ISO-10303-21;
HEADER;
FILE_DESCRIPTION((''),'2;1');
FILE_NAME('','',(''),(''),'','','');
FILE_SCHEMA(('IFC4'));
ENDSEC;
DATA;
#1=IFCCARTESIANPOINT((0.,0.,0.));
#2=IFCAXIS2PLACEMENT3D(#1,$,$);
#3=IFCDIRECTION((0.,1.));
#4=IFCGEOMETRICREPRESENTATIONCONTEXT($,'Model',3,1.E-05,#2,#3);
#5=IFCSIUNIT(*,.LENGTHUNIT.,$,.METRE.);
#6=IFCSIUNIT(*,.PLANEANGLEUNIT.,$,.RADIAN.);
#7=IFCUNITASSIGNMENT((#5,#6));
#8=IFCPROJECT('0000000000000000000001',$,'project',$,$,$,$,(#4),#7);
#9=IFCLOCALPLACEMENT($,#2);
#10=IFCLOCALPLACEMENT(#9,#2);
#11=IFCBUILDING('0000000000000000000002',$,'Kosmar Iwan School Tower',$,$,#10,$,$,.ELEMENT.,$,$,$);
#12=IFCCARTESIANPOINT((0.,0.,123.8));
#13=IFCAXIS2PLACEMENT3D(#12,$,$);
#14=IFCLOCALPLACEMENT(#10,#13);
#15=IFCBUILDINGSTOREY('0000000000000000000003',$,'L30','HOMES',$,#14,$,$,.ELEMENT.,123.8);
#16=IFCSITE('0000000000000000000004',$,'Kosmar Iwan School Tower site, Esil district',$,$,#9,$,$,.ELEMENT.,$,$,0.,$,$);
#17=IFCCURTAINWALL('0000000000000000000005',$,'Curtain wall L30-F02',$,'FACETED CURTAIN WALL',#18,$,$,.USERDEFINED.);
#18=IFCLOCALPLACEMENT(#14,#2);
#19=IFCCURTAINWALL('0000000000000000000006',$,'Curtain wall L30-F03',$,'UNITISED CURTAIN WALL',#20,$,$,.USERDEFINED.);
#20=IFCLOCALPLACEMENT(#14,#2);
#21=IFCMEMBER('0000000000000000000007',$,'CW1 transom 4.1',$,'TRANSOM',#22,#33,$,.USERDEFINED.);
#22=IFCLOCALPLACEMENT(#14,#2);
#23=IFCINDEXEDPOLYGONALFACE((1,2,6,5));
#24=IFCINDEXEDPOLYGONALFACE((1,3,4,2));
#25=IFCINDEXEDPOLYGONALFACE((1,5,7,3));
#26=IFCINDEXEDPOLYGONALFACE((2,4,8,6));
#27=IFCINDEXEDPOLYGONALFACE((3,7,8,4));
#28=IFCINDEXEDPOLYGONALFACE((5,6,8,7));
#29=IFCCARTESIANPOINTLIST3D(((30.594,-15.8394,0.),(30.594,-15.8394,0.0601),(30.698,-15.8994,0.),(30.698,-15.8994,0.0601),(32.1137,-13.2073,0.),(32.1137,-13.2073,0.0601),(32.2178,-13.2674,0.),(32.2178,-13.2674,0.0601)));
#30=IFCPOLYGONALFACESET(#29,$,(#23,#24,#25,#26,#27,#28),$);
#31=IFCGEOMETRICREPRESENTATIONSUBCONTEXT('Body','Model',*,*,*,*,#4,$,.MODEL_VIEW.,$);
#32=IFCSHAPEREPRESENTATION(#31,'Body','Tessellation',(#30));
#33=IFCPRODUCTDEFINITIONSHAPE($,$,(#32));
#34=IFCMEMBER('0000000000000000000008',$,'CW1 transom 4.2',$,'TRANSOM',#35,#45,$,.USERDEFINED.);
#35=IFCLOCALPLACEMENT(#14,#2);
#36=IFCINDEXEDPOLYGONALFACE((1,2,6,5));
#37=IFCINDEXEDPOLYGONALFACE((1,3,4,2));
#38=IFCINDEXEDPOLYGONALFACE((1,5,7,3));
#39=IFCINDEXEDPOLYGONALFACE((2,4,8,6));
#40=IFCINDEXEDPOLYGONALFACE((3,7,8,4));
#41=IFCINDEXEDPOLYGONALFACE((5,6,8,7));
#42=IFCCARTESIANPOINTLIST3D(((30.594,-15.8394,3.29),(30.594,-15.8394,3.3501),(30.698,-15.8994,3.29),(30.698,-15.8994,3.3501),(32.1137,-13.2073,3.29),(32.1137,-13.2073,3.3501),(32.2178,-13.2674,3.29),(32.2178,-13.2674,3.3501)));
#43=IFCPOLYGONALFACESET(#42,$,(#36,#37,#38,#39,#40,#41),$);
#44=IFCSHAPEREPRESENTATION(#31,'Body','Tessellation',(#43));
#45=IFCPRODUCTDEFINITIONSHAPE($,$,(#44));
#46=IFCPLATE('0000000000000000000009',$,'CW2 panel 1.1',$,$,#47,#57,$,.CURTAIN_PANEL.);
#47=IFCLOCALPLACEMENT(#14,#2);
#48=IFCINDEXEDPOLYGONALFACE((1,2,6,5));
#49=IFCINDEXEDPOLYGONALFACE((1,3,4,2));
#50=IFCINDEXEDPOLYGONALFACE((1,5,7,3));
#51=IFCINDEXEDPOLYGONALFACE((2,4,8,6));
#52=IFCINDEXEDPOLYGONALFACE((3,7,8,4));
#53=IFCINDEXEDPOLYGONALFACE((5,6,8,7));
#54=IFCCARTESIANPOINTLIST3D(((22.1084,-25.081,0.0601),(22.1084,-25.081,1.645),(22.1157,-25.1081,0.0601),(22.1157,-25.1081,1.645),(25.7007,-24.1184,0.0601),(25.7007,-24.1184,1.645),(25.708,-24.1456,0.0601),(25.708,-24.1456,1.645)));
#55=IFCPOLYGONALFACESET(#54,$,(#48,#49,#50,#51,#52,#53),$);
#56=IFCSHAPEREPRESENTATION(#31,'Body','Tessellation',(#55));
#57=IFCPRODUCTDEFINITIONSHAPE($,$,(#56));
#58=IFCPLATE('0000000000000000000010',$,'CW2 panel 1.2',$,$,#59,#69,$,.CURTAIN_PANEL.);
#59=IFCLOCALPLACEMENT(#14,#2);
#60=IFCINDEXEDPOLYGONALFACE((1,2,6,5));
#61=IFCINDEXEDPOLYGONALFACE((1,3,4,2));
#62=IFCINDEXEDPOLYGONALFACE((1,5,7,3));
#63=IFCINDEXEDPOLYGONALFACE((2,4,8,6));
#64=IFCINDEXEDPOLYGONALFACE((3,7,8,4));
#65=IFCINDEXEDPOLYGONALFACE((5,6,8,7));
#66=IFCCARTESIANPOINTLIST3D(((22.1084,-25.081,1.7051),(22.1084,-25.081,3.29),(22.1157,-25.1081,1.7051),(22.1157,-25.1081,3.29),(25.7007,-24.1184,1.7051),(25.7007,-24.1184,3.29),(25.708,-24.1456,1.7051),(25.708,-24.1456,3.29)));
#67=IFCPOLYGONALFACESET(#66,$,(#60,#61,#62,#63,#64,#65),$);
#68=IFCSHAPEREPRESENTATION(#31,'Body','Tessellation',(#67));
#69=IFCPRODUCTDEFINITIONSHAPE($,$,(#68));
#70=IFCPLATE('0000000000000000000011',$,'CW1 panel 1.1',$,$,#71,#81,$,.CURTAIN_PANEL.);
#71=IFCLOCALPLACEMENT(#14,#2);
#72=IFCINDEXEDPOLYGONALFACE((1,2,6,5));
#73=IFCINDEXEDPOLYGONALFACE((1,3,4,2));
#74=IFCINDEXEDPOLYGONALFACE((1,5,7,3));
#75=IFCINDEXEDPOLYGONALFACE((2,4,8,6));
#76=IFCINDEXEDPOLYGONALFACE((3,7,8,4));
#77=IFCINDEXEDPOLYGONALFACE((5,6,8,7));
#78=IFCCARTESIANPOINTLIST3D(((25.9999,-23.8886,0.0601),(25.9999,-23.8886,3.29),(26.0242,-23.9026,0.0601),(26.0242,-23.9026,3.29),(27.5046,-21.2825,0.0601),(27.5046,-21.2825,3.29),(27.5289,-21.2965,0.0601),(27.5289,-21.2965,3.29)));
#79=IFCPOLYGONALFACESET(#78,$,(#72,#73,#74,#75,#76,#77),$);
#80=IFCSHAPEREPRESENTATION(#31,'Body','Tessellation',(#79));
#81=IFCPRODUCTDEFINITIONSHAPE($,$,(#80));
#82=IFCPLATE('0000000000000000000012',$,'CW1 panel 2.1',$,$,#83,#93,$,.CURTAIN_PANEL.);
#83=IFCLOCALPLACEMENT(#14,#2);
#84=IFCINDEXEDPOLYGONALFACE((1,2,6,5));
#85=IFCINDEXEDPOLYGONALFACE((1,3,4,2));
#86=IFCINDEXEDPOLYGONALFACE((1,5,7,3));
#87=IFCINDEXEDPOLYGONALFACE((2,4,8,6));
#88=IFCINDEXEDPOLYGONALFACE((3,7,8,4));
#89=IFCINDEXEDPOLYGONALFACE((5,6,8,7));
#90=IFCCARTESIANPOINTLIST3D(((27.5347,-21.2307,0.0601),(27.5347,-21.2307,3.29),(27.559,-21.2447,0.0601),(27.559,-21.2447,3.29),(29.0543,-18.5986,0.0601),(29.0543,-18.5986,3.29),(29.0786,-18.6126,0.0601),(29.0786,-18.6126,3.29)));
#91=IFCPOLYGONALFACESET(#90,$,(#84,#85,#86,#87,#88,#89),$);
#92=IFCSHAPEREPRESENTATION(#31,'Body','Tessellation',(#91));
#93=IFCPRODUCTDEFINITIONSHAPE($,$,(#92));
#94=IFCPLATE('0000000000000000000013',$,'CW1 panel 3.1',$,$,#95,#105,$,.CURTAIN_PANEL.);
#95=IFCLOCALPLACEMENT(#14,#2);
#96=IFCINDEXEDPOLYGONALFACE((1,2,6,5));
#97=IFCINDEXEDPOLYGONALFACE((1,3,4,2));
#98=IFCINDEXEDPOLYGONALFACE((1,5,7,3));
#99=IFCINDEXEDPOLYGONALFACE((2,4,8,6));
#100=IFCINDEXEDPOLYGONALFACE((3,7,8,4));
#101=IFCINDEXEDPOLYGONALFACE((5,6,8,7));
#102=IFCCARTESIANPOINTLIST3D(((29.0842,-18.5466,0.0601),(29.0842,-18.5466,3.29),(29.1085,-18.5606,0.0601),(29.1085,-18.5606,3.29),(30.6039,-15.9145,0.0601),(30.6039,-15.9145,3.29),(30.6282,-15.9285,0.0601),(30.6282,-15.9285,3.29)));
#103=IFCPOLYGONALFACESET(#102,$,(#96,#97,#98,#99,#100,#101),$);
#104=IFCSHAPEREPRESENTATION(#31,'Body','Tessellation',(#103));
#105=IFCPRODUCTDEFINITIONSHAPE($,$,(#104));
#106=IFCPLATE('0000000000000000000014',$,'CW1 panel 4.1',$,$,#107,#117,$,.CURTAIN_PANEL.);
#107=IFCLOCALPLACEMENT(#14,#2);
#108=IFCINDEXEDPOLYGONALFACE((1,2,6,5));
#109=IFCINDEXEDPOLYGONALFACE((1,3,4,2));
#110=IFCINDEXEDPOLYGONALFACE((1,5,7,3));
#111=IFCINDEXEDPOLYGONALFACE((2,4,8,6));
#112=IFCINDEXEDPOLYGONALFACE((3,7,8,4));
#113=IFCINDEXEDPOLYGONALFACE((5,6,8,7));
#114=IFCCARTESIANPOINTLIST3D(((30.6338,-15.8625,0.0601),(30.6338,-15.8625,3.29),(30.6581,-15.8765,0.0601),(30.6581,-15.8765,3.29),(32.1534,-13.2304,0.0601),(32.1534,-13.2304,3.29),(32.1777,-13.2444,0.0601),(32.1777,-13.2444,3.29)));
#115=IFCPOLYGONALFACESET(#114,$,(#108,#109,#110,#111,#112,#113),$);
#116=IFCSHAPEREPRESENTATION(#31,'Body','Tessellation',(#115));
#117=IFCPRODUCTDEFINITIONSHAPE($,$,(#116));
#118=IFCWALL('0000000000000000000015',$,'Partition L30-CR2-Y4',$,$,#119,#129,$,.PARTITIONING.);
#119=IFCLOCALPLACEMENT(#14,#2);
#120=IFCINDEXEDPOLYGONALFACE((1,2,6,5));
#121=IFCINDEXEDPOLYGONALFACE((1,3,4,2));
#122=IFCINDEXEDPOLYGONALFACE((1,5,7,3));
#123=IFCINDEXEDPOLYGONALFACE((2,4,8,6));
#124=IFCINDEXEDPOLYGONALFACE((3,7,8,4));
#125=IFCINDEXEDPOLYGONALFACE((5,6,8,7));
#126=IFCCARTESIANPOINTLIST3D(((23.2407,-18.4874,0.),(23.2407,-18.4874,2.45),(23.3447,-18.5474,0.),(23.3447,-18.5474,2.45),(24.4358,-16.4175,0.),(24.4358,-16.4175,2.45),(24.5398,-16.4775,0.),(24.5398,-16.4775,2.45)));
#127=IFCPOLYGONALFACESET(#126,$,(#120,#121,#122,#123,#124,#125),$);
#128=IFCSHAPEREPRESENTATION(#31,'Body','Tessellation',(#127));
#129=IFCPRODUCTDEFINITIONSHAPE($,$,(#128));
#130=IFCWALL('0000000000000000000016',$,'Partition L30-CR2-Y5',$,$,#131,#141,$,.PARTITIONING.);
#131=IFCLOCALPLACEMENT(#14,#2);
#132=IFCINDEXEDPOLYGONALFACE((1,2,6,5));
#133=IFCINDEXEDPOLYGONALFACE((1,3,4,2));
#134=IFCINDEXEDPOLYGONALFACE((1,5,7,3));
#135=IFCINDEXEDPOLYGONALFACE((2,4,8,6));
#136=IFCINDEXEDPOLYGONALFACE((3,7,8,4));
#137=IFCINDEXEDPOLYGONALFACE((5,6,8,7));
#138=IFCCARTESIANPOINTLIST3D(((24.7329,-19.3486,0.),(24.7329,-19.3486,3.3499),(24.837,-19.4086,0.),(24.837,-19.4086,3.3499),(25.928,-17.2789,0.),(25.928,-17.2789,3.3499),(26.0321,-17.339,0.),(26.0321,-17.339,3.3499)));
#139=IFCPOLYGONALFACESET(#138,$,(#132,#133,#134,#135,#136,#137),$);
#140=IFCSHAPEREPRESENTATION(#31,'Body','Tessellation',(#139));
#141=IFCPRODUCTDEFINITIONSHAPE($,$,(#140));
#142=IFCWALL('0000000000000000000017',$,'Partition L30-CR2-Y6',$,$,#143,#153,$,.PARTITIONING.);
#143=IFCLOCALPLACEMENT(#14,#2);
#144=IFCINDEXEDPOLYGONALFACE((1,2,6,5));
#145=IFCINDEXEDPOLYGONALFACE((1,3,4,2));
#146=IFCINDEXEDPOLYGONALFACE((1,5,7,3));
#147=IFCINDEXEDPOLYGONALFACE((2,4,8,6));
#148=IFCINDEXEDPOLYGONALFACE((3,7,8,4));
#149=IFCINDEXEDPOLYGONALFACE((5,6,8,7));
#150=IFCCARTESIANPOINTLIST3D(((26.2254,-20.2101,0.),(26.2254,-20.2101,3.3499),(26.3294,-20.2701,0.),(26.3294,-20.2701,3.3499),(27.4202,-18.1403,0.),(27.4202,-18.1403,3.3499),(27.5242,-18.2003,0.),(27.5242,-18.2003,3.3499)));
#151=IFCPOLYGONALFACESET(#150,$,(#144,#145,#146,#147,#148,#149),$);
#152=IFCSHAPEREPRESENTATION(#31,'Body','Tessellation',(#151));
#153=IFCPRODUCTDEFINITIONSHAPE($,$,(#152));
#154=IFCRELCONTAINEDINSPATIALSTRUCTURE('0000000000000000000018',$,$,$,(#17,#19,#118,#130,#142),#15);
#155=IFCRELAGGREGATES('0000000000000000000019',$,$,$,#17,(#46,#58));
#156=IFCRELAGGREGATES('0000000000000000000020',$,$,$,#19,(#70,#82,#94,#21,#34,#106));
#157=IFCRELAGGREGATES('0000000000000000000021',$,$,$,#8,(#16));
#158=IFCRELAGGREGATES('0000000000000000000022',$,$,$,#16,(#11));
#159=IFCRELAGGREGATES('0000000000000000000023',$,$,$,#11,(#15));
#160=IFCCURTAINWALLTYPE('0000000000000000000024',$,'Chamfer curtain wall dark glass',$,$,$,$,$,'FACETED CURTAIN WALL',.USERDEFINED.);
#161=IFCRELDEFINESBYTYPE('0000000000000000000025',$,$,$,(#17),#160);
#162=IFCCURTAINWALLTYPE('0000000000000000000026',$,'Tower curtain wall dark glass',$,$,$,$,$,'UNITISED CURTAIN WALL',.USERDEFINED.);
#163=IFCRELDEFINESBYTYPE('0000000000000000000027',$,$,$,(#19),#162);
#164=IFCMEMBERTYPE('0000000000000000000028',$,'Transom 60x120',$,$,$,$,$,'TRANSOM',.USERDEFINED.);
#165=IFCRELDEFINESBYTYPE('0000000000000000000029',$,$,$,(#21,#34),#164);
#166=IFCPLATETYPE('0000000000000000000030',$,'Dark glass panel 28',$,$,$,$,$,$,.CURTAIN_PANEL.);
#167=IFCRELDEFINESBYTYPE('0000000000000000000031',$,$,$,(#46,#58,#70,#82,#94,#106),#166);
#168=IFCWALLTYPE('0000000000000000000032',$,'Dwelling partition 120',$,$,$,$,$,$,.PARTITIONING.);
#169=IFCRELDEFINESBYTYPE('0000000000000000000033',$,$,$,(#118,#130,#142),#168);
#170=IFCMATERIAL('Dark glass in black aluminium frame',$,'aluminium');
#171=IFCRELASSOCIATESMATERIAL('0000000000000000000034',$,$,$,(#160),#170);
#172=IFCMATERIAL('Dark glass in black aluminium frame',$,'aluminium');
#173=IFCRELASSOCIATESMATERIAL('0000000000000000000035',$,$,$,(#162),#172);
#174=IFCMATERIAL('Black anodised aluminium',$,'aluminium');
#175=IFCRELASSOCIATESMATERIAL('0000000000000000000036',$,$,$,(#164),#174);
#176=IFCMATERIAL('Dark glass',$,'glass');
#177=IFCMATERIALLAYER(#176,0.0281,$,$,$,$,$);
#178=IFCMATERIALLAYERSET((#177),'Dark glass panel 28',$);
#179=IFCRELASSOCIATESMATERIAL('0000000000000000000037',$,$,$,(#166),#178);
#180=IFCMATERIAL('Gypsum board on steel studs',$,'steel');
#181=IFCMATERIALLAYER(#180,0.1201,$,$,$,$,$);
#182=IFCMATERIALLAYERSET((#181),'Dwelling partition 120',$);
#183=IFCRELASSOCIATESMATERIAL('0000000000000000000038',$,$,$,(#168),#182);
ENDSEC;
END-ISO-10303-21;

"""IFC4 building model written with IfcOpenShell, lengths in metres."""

from ifc_helpers import new_model, si_unit, direction, frame, frame_2d, origin, origin_2d, place, context, subcontext, project, spatial, rectangle, extrude, material, layer, layer_set, material_profile, profile_set, type_object, element, aggregate, save


model = new_model("IFC4")

# Units and contexts
model_context = context("Model", 3, precision=1e-05, world=origin(), true_north=direction((0.0, 1.0)))
body_context = subcontext(model_context, "Body", "Model", "MODEL_VIEW")
ifc_project = project(units=[si_unit("LENGTHUNIT", "METRE"), si_unit("PLANEANGLEUNIT", "RADIAN")], contexts=[model_context])

# Site, building, storey
site_placement = place(None, origin())
site = spatial("IfcSite", under=ifc_project, at=site_placement, Name="Kosmar Iwan School Tower site, Esil district", CompositionType="ELEMENT", RefElevation=0.0)
building_placement = place(site_placement, origin())
building = spatial("IfcBuilding", under=site, at=building_placement, Name="Kosmar Iwan School Tower", CompositionType="ELEMENT")
storey_placement = place(building_placement, frame((0.0, 0.0, 123.8)))
storey = spatial("IfcBuildingStorey", under=building, at=storey_placement, Name="L30", Description="HOMES", CompositionType="ELEMENT", Elevation=123.8)

# Curtain wall
ifc_material_1 = material(Name="Dark glass in black aluminium frame", Category="aluminium")
curtain_wall_type_1 = type_object("IfcCurtainWallType", Name="Chamfer curtain wall dark glass", ElementType="FACETED CURTAIN WALL", PredefinedType="USERDEFINED", material=ifc_material_1)
curtain_wall_1_placement = place(storey_placement, origin())
curtain_wall_1 = element("IfcCurtainWall", 1, at=curtain_wall_1_placement, inside=storey, type_object=curtain_wall_type_1, Name="Curtain wall L30-F02", ObjectType="FACETED CURTAIN WALL", PredefinedType="USERDEFINED")

# Curtain wall
ifc_material_2 = material(Name="Dark glass in black aluminium frame", Category="aluminium")
curtain_wall_type_2 = type_object("IfcCurtainWallType", Name="Tower curtain wall dark glass", ElementType="UNITISED CURTAIN WALL", PredefinedType="USERDEFINED", material=ifc_material_2)
curtain_wall_2_placement = place(storey_placement, origin())
curtain_wall_2 = element("IfcCurtainWall", 2, at=curtain_wall_2_placement, inside=storey, type_object=curtain_wall_type_2, Name="Curtain wall L30-F03", ObjectType="UNITISED CURTAIN WALL", PredefinedType="USERDEFINED")

# Members
ifc_material_3 = material(Name="Black anodised aluminium", Category="aluminium")
ifc_material_profile_1 = material_profile(ifc_material_3, rectangle(XDim=0.1201, YDim=0.0601, at=origin_2d()), Name="TRANSOM 60x120")
ifc_profile_set_1 = profile_set([ifc_material_profile_1], Name="Black anodised aluminium")
member_type_1 = type_object("IfcMemberType", Name="Transom 60x120", ElementType="TRANSOM", PredefinedType="USERDEFINED", material=ifc_profile_set_1)
member_1_placement = place(storey_placement, frame((30.646, -15.8694, 0.03), z_axis=(0.500035, 0.866005, 0.0), x_axis=(-0.866005, 0.500035, 0.0)))
member_1 = element("IfcMember", 3, at=member_1_placement, type_object=member_type_1, Name="CW1 transom 4.1", ObjectType="TRANSOM", PredefinedType="USERDEFINED", context=body_context, shape_type="SweptSolid", body=[
    extrude(rectangle(XDim=0.1201, YDim=0.0601, at=origin_2d()), origin(), (0.0, 0.0, 1.0), 3.0393),
])
member_2_placement = place(storey_placement, frame((30.646, -15.8694, 3.3201), z_axis=(0.500035, 0.866005, 0.0), x_axis=(-0.866005, 0.500035, 0.0)))
member_2 = element("IfcMember", 4, at=member_2_placement, type_object=member_type_1, Name="CW1 transom 4.2", ObjectType="TRANSOM", PredefinedType="USERDEFINED", context=body_context, shape_type="SweptSolid", body=[
    extrude(rectangle(XDim=0.1201, YDim=0.0601, at=origin_2d()), origin(), (0.0, 0.0, 1.0), 3.0393),
])

# Plates
ifc_material_4 = material(Name="Dark glass", Category="glass")
ifc_layer_1 = layer(ifc_material_4, 0.0281)
ifc_layer_set_1 = layer_set([ifc_layer_1], Name="Dark glass panel 28")
plate_type = type_object("IfcPlateType", Name="Dark glass panel 28", PredefinedType="CURTAIN_PANEL", material=ifc_layer_set_1)
plate_1_placement = place(storey_placement, frame((23.9082, -24.6133, 0.0601), z_axis=(0.0, 0.0, 1.0), x_axis=(0.965926, 0.258819, 0.0)))
plate_1 = element("IfcPlate", 5, at=plate_1_placement, type_object=plate_type, Name="CW2 panel 1.1", PredefinedType="CURTAIN_PANEL", context=body_context, shape_type="SweptSolid", body=[
    extrude(rectangle(XDim=3.719, YDim=0.0281, at=origin_2d()), origin(), (0.0, 0.0, 1.0), 1.585),
])
plate_2_placement = place(storey_placement, frame((23.9082, -24.6133, 1.7051), z_axis=(0.0, 0.0, 1.0), x_axis=(0.965926, 0.258819, 0.0)))
plate_2 = element("IfcPlate", 6, at=plate_2_placement, type_object=plate_type, Name="CW2 panel 1.2", PredefinedType="CURTAIN_PANEL", context=body_context, shape_type="SweptSolid", body=[
    extrude(rectangle(XDim=3.719, YDim=0.0281, at=origin_2d()), origin(), (0.0, 0.0, 1.0), 1.585),
])
aggregate(curtain_wall_1, [plate_1, plate_2])
plate_3_placement = place(storey_placement, frame((26.7644, -22.5925, 0.0601), z_axis=(0.0, 0.0, 1.0), x_axis=(0.5, 0.866025, 0.0)))
plate_3 = element("IfcPlate", 7, at=plate_3_placement, type_object=plate_type, Name="CW1 panel 1.1", PredefinedType="CURTAIN_PANEL", context=body_context, shape_type="SweptSolid", body=[
    extrude(rectangle(XDim=3.0093, YDim=0.0281, at=origin_2d()), origin(), (0.0, 0.0, 1.0), 3.23),
])
plate_4_placement = place(storey_placement, frame((28.3066, -19.9216, 0.0601), z_axis=(0.0, 0.0, 1.0), x_axis=(0.5, 0.866025, 0.0)))
plate_4 = element("IfcPlate", 8, at=plate_4_placement, type_object=plate_type, Name="CW1 panel 2.1", PredefinedType="CURTAIN_PANEL", context=body_context, shape_type="SweptSolid", body=[
    extrude(rectangle(XDim=3.0393, YDim=0.0281, at=origin_2d()), origin(), (0.0, 0.0, 1.0), 3.23),
])
plate_5_placement = place(storey_placement, frame((29.8562, -17.2375, 0.0601), z_axis=(0.0, 0.0, 1.0), x_axis=(0.5, 0.866025, 0.0)))
plate_5 = element("IfcPlate", 9, at=plate_5_placement, type_object=plate_type, Name="CW1 panel 3.1", PredefinedType="CURTAIN_PANEL", context=body_context, shape_type="SweptSolid", body=[
    extrude(rectangle(XDim=3.0393, YDim=0.0281, at=origin_2d()), origin(), (0.0, 0.0, 1.0), 3.23),
])
plate_6_placement = place(storey_placement, frame((31.4058, -14.5535, 0.0601), z_axis=(0.0, 0.0, 1.0), x_axis=(0.5, 0.866025, 0.0)))
plate_6 = element("IfcPlate", 10, at=plate_6_placement, type_object=plate_type, Name="CW1 panel 4.1", PredefinedType="CURTAIN_PANEL", context=body_context, shape_type="SweptSolid", body=[
    extrude(rectangle(XDim=3.0393, YDim=0.0281, at=origin_2d()), origin(), (0.0, 0.0, 1.0), 3.23),
])
aggregate(curtain_wall_2, [plate_3, plate_4, plate_5, member_1, member_2, plate_6])

# Walls
ifc_material_5 = material(Name="Gypsum board on steel studs", Category="steel")
ifc_layer_2 = layer(ifc_material_5, 0.1201)
ifc_layer_set_2 = layer_set([ifc_layer_2], Name="Dwelling partition 120")
wall_type = type_object("IfcWallType", Name="Dwelling partition 120", PredefinedType="PARTITIONING", material=ifc_layer_set_2)
wall_placement = place(storey_placement, frame((24.4878, -16.4475, 0.0), z_axis=(0.0, 0.0, 1.0), x_axis=(-0.500017, -0.866015, 0.0)))
element("IfcWall", 11, at=wall_placement, inside=storey, type_object=wall_type, Name="Partition L30-CR2-Y4", PredefinedType="PARTITIONING", context=body_context, shape_type="SweptSolid", body=[
    extrude(rectangle(XDim=2.3901, YDim=0.1201, at=frame_2d((1.1951, 0.0))), origin(), (0.0, 0.0, 1.0), 2.45),
])
for number, where, z_axis, x_axis, name in (
    (12, (25.98, -17.3091, 0.0), (0.0, 0.0, 1.0), (-0.500061, -0.86599, 0.0), "Partition L30-CR2-Y5"),
    (13, (27.4722, -18.1704, 0.0), (0.0, 0.0, 1.0), (-0.499941, -0.86606, 0.0), "Partition L30-CR2-Y6"),
):
    element("IfcWall", number, at=place(storey_placement, frame(where, z_axis=z_axis, x_axis=x_axis)), inside=storey, type_object=wall_type, Name=name, PredefinedType="PARTITIONING", context=body_context, shape_type="SweptSolid", body=[
        extrude(rectangle(XDim=2.3899, YDim=0.1201, at=frame_2d((1.1948, 0.0))), origin(), (0.0, 0.0, 1.0), 3.3499),
    ])

save(model, "model.ifc")
